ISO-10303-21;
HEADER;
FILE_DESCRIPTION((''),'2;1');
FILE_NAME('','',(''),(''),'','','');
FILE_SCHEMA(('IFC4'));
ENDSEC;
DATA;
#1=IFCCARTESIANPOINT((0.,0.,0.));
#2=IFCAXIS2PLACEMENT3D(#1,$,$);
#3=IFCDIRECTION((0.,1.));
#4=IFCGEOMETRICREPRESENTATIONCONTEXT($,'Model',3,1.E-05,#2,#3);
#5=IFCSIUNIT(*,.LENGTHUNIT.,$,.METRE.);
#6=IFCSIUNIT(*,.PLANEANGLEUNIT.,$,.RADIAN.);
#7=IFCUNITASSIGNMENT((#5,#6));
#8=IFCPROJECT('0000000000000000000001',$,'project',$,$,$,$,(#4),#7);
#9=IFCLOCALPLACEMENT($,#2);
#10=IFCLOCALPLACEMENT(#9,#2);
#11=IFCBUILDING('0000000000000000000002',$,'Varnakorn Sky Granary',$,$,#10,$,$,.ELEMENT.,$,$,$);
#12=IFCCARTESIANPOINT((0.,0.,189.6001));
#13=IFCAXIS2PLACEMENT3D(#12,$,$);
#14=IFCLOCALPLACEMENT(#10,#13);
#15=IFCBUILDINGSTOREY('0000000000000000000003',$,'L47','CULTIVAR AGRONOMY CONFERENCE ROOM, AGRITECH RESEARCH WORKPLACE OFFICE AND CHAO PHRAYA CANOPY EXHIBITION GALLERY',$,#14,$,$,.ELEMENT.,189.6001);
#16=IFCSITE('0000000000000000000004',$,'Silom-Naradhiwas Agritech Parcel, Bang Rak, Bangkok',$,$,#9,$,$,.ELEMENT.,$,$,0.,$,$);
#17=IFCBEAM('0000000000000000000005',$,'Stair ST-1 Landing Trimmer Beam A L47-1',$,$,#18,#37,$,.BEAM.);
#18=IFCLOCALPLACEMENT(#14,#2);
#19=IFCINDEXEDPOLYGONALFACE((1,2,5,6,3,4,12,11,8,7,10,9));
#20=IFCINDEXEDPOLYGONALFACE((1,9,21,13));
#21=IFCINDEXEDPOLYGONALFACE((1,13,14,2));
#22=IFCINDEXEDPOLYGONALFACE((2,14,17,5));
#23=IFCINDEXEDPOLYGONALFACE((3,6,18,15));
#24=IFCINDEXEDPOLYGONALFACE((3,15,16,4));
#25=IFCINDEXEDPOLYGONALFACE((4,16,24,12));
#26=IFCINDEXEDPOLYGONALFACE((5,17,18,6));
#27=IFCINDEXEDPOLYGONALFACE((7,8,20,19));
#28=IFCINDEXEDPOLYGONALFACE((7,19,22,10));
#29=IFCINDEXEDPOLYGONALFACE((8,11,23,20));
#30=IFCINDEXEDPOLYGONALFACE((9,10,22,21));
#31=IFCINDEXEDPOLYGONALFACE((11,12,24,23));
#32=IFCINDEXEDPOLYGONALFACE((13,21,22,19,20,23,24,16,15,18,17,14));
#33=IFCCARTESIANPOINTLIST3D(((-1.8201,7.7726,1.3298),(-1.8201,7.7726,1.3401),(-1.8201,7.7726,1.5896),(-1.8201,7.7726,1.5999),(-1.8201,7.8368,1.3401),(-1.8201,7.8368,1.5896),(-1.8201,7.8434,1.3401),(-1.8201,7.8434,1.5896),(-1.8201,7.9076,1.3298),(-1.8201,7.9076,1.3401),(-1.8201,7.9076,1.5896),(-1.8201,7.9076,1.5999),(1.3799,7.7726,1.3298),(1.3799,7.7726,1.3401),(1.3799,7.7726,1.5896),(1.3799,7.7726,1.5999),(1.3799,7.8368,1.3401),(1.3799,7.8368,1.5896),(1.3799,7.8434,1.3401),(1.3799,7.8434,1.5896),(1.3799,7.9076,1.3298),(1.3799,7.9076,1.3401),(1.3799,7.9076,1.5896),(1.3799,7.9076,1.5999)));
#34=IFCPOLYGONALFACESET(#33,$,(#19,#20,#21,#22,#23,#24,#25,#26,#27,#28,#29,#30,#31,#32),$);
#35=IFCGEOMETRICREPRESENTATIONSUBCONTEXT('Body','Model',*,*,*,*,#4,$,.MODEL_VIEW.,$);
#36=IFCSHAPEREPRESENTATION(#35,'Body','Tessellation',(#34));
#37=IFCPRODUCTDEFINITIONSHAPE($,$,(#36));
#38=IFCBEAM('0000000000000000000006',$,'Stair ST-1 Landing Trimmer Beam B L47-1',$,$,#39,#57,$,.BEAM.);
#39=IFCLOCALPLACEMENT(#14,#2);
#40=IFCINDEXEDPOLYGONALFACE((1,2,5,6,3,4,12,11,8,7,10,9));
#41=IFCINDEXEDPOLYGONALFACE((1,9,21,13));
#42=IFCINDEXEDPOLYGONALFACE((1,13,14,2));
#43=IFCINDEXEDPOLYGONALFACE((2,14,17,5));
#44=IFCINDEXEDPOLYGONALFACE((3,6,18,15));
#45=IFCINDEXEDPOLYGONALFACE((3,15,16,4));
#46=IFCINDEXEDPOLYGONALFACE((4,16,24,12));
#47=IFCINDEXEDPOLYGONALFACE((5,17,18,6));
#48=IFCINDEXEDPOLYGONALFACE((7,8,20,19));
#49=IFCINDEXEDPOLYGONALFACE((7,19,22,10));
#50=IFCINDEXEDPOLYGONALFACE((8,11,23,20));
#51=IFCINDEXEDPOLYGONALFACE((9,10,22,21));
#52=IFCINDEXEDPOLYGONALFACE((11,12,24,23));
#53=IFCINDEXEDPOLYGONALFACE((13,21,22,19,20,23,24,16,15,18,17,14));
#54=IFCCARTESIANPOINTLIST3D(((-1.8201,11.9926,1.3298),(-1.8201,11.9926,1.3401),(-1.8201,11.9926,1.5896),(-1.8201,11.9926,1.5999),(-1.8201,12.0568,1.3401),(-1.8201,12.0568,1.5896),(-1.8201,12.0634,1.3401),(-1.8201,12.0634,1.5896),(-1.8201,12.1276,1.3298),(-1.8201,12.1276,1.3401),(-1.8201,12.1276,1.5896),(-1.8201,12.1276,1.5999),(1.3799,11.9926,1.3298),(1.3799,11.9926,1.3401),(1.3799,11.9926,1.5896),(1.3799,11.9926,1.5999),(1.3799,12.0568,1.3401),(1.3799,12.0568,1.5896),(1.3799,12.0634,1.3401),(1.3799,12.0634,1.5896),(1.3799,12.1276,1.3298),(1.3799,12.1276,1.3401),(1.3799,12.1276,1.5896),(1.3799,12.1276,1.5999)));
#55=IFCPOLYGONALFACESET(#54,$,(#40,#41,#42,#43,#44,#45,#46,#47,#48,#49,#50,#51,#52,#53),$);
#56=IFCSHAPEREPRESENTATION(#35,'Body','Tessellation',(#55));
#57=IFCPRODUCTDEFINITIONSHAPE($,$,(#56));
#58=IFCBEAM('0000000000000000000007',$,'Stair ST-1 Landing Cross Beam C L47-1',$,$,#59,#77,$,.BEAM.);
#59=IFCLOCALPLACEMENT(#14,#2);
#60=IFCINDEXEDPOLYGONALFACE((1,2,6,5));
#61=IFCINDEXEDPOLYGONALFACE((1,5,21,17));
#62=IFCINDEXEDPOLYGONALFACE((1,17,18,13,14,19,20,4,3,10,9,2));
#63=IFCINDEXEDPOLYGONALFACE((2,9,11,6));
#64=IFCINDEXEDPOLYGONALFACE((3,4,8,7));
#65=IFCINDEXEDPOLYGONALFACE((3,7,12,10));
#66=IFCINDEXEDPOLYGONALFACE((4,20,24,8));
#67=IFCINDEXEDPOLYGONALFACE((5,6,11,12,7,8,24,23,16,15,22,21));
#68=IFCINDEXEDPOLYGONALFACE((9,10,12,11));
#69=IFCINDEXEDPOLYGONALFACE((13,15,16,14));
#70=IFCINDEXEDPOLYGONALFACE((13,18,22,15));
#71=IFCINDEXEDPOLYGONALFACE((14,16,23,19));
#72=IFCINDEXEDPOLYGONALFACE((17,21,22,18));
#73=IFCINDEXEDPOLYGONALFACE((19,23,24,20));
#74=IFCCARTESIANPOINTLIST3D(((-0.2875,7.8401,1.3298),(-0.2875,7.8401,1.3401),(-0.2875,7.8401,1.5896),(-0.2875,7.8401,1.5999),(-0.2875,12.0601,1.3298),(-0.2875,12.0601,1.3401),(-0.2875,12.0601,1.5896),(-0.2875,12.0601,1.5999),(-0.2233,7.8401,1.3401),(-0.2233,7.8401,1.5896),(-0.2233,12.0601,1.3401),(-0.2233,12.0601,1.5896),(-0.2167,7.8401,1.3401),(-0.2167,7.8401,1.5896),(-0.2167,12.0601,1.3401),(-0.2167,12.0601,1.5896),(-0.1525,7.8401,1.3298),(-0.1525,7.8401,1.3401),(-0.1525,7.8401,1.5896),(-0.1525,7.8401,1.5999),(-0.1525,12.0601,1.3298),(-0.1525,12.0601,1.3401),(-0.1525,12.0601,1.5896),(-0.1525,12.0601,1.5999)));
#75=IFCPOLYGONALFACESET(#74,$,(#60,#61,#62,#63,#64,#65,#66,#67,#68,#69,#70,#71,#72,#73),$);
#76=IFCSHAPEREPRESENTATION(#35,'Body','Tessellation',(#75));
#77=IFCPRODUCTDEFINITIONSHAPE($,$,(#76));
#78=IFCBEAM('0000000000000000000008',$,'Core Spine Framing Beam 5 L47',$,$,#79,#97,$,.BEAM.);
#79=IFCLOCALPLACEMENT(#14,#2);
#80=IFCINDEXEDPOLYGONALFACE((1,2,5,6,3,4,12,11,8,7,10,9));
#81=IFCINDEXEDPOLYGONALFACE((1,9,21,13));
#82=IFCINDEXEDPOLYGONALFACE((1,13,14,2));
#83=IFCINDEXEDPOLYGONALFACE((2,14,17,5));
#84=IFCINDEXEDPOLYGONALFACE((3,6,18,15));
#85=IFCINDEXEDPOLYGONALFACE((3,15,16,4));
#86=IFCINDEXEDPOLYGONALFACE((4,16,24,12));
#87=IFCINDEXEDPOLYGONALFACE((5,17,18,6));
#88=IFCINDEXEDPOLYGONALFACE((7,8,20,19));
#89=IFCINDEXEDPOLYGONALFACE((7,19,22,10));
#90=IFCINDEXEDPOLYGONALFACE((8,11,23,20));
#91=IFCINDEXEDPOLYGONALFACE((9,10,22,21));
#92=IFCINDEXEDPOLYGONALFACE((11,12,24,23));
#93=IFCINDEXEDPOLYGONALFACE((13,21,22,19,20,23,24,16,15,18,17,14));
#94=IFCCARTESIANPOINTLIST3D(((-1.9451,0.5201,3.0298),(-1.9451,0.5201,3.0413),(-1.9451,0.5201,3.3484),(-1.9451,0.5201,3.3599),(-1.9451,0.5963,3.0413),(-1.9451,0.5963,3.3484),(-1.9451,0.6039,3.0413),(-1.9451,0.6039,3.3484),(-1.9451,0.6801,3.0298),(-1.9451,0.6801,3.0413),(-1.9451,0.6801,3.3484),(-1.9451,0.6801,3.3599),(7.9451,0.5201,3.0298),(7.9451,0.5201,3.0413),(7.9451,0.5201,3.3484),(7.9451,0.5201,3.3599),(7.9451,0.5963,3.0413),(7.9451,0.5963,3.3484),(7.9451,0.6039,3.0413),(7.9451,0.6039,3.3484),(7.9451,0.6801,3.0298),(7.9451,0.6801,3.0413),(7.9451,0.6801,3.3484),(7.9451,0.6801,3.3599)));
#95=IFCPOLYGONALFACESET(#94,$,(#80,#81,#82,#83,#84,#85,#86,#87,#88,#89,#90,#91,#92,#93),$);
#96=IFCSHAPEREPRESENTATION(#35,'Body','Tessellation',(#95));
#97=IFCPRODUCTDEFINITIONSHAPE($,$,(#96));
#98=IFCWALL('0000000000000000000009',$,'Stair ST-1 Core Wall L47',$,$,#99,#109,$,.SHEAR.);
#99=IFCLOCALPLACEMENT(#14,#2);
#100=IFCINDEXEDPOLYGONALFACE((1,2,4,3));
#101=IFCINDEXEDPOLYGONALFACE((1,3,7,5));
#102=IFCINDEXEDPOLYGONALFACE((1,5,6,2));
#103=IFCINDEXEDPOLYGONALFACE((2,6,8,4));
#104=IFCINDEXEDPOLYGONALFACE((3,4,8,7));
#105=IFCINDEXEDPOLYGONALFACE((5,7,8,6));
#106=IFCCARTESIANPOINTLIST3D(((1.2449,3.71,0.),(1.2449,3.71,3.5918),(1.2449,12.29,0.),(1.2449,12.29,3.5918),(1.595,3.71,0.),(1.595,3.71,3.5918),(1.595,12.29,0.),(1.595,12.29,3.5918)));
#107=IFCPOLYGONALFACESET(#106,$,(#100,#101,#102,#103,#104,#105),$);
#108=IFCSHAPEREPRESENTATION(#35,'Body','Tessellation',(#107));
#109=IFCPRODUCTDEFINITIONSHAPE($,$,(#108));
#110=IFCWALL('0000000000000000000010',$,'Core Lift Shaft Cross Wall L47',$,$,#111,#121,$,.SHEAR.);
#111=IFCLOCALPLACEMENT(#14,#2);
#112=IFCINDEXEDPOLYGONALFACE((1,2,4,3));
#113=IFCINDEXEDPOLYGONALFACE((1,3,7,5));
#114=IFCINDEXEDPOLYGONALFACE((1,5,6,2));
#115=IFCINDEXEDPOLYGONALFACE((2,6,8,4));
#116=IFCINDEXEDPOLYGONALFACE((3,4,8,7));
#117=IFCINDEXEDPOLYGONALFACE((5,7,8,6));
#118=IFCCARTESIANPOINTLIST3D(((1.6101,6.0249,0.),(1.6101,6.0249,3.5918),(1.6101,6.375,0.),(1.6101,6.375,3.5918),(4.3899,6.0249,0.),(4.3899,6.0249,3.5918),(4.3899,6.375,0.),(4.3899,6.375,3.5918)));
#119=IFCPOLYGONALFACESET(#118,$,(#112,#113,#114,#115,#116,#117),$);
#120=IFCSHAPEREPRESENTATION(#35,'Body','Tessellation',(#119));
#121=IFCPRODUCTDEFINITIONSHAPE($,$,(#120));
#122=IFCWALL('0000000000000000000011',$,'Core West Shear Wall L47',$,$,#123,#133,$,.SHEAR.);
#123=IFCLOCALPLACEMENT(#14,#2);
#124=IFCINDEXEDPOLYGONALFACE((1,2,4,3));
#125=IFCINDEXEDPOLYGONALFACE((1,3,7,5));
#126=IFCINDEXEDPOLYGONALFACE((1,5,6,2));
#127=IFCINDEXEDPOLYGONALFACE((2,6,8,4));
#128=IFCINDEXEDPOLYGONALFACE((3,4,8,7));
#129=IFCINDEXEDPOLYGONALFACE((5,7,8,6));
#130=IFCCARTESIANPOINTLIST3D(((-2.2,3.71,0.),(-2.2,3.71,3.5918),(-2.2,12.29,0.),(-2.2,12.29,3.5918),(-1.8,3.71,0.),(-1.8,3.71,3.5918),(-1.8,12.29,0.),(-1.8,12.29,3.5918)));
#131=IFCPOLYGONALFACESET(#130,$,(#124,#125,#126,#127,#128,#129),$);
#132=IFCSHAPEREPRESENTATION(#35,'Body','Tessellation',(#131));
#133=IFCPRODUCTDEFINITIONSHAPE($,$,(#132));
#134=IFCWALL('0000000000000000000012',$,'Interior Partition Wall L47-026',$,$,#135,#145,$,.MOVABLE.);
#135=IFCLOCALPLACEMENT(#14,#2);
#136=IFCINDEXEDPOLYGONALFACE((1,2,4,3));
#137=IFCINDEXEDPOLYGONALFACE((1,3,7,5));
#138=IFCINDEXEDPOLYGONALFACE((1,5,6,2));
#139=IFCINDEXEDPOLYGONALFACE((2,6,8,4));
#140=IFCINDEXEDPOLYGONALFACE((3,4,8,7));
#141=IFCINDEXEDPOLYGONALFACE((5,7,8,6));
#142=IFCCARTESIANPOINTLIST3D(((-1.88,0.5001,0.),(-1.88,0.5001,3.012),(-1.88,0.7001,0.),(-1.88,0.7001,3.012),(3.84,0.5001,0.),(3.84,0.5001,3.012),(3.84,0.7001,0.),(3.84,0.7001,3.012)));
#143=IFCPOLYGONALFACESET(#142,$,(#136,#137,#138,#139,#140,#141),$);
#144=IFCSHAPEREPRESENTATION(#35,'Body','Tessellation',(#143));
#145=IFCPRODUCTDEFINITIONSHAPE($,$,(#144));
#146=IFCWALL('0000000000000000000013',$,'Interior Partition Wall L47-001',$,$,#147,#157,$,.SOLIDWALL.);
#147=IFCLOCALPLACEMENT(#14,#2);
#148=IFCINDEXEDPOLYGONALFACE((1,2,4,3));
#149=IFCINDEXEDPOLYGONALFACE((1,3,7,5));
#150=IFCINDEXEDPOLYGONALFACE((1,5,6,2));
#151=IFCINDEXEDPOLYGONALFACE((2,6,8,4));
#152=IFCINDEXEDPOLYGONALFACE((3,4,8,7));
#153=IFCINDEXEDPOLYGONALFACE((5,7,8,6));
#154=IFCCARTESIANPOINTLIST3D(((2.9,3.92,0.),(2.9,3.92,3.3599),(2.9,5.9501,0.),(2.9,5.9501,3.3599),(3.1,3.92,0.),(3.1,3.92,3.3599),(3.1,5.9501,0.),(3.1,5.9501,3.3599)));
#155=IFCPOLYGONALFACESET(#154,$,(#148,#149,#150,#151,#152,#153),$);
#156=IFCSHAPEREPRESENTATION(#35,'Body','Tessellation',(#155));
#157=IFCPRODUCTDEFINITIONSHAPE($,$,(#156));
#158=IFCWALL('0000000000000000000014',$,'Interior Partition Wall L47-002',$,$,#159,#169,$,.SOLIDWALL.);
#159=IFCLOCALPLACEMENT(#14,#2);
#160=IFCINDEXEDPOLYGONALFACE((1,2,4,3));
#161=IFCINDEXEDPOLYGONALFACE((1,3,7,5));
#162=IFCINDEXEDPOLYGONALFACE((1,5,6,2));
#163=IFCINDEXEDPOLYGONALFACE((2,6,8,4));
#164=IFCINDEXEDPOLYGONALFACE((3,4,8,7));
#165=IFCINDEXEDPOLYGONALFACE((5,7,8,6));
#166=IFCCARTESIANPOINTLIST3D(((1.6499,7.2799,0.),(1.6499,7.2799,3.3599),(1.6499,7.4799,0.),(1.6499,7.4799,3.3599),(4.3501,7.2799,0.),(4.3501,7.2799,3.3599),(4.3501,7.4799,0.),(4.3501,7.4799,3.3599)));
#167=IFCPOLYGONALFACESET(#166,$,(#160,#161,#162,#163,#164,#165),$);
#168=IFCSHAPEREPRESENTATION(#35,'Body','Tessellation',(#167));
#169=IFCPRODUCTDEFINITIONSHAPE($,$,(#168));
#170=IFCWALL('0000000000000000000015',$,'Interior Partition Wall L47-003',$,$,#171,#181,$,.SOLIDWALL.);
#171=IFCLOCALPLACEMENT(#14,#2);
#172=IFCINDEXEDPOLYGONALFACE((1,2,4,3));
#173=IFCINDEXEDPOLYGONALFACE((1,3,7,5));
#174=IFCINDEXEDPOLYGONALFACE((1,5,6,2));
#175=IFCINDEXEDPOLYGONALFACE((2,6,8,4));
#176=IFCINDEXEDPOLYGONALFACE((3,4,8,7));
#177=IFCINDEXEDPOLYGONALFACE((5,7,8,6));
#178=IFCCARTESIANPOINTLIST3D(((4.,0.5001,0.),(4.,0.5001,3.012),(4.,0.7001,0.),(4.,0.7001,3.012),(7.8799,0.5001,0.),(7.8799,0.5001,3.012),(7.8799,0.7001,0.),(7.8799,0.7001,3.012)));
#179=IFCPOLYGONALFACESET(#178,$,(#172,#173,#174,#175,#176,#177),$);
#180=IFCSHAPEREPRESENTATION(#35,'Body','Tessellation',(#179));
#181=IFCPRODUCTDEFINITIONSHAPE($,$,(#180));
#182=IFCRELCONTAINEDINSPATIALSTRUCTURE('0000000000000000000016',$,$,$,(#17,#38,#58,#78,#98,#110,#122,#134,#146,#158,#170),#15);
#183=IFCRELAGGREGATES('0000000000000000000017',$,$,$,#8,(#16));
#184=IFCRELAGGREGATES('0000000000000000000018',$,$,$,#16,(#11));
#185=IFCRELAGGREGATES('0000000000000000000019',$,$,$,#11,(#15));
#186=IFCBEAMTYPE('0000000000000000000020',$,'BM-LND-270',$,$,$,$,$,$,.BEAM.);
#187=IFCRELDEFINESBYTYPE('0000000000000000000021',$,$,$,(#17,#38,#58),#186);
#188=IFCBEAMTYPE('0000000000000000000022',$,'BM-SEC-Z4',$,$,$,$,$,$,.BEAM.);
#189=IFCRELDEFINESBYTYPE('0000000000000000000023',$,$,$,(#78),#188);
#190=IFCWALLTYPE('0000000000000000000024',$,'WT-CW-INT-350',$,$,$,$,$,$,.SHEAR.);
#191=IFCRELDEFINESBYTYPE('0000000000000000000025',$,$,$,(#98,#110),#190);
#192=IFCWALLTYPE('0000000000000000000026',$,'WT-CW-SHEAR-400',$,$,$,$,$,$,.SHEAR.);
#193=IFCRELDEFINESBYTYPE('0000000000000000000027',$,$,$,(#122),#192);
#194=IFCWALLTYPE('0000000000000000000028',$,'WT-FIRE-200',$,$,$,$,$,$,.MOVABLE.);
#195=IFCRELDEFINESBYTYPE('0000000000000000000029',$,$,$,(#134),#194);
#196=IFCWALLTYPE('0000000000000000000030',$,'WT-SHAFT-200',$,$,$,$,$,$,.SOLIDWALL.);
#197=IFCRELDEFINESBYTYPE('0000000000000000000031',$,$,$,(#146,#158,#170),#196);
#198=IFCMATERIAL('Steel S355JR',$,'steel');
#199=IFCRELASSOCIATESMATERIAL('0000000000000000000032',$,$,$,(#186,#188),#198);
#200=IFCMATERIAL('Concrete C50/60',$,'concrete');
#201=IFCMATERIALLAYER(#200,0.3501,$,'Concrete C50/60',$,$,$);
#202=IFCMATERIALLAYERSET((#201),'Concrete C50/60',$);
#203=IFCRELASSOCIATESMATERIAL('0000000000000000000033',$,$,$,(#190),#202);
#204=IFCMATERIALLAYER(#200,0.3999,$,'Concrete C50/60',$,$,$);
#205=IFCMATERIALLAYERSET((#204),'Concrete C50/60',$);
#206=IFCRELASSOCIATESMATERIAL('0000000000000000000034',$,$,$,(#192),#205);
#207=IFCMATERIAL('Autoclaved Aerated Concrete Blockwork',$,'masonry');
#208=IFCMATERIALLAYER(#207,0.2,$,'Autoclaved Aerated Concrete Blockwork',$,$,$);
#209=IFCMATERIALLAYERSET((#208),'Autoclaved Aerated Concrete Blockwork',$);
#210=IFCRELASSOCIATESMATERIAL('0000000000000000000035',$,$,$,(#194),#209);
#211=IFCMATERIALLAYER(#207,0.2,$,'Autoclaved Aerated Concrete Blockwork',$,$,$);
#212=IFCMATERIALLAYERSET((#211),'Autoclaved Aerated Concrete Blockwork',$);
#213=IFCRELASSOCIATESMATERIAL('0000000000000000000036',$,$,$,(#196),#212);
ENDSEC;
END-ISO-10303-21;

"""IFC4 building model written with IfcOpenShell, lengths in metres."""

from ifc_helpers import new_model, si_unit, direction, frame, frame_2d, origin, origin_2d, place, context, subcontext, project, spatial, rectangle, i_section, extrude, material, layer, layer_set, material_profile, profile_set, type_object, element, save


model = new_model("IFC4")

# Units and contexts
model_context = context("Model", 3, precision=1e-05, world=origin(), true_north=direction((0.0, 1.0)))
body_context = subcontext(model_context, "Body", "Model", "MODEL_VIEW")
ifc_project = project(units=[si_unit("LENGTHUNIT", "METRE"), si_unit("PLANEANGLEUNIT", "RADIAN")], contexts=[model_context])

# Site, building, storey
site_placement = place(None, origin())
site = spatial("IfcSite", under=ifc_project, at=site_placement, Name="Silom-Naradhiwas Agritech Parcel, Bang Rak, Bangkok", CompositionType="ELEMENT", RefElevation=0.0)
building_placement = place(site_placement, origin())
building = spatial("IfcBuilding", under=site, at=building_placement, Name="Varnakorn Sky Granary", CompositionType="ELEMENT")
storey_placement = place(building_placement, frame((0.0, 0.0, 189.6001)))
storey = spatial("IfcBuildingStorey", under=building, at=storey_placement, Name="L47", Description="CULTIVAR AGRONOMY CONFERENCE ROOM, AGRITECH RESEARCH WORKPLACE OFFICE AND CHAO PHRAYA CANOPY EXHIBITION GALLERY", CompositionType="ELEMENT", Elevation=189.6001)

# Beams
ifc_material_1 = material(Name="Steel S355JR", Category="steel")
ifc_material_profile_1 = material_profile(ifc_material_1, i_section(OverallWidth=0.135, OverallDepth=0.27, WebThickness=0.0066, FlangeThickness=0.0103, at=origin_2d()), Name="IPE 270")
ifc_profile_set_1 = profile_set([ifc_material_profile_1], Name="Steel S355JR")
beam_type_1 = type_object("IfcBeamType", Name="BM-LND-270", PredefinedType="BEAM", material=ifc_profile_set_1)
for number, where, z_axis, x_axis, name in (
    (1, (-1.8201, 7.8401, 1.4648), (1.0, 0.0, 0.0), (0.0, 1.0, 0.0), "Stair ST-1 Landing Trimmer Beam A L47-1"),
    (2, (-1.8201, 12.0601, 1.4648), (1.0, 0.0, 0.0), (0.0, 1.0, 0.0), "Stair ST-1 Landing Trimmer Beam B L47-1"),
):
    element("IfcBeam", number, at=place(storey_placement, frame(where, z_axis=z_axis, x_axis=x_axis)), inside=storey, type_object=beam_type_1, Name=name, PredefinedType="BEAM", context=body_context, shape_type="SweptSolid", body=[
        extrude(i_section(OverallWidth=0.135, OverallDepth=0.27, WebThickness=0.0066, FlangeThickness=0.0103, at=origin_2d()), origin(), (0.0, 0.0, 1.0), 3.2),
    ])
beam_1_placement = place(storey_placement, frame((-0.22, 7.8401, 1.4648), z_axis=(0.0, 1.0, 0.0), x_axis=(-1.0, 0.0, 0.0)))
element("IfcBeam", 3, at=beam_1_placement, inside=storey, type_object=beam_type_1, Name="Stair ST-1 Landing Cross Beam C L47-1", PredefinedType="BEAM", context=body_context, shape_type="SweptSolid", body=[
    extrude(i_section(OverallWidth=0.135, OverallDepth=0.27, WebThickness=0.0066, FlangeThickness=0.0103, at=origin_2d()), origin(), (0.0, 0.0, 1.0), 4.22),
])
ifc_material_profile_2 = material_profile(ifc_material_1, i_section(OverallWidth=0.1599, OverallDepth=0.3301, WebThickness=0.0076, FlangeThickness=0.0115, at=origin_2d()), Name="IPE 330")
ifc_profile_set_2 = profile_set([ifc_material_profile_2], Name="Steel S355JR")
beam_type_2 = type_object("IfcBeamType", Name="BM-SEC-Z4", PredefinedType="BEAM", material=ifc_profile_set_2)
beam_2_placement = place(storey_placement, frame((-1.9451, 0.6001, 3.1948), z_axis=(1.0, 0.0, 0.0), x_axis=(0.0, 1.0, 0.0)))
element("IfcBeam", 4, at=beam_2_placement, inside=storey, type_object=beam_type_2, Name="Core Spine Framing Beam 5 L47", PredefinedType="BEAM", context=body_context, shape_type="SweptSolid", body=[
    extrude(i_section(OverallWidth=0.1599, OverallDepth=0.3301, WebThickness=0.0076, FlangeThickness=0.0115, at=origin_2d()), origin(), (0.0, 0.0, 1.0), 9.8901),
])

# Walls
ifc_material_2 = material(Name="Concrete C50/60", Category="concrete")
ifc_layer_1 = layer(ifc_material_2, 0.3501, Name="Concrete C50/60")
ifc_layer_set_1 = layer_set([ifc_layer_1], Name="Concrete C50/60")
wall_type_1 = type_object("IfcWallType", Name="WT-CW-INT-350", PredefinedType="SHEAR", material=ifc_layer_set_1)
wall_1_placement = place(storey_placement, frame((1.4199, 3.71, 0.0), z_axis=(0.0, 0.0, 1.0), x_axis=(0.0, 1.0, 0.0)))
element("IfcWall", 5, at=wall_1_placement, inside=storey, type_object=wall_type_1, Name="Stair ST-1 Core Wall L47", PredefinedType="SHEAR", context=body_context, shape_type="SweptSolid", body=[
    extrude(rectangle(XDim=8.5801, YDim=0.3501, at=frame_2d((4.29, 0.0))), origin(), (0.0, 0.0, 1.0), 3.5918),
])
wall_2_placement = place(storey_placement, frame((1.6101, 6.2, 0.0), z_axis=(0.0, 0.0, 1.0), x_axis=(1.0, 0.0, 0.0)))
element("IfcWall", 6, at=wall_2_placement, inside=storey, type_object=wall_type_1, Name="Core Lift Shaft Cross Wall L47", PredefinedType="SHEAR", context=body_context, shape_type="SweptSolid", body=[
    extrude(rectangle(XDim=2.7798, YDim=0.3501, at=frame_2d((1.3899, 0.0))), origin(), (0.0, 0.0, 1.0), 3.5918),
])

# Shared definitions
ifc_layer_2 = layer(ifc_material_2, 0.3999, Name="Concrete C50/60")
ifc_layer_set_2 = layer_set([ifc_layer_2], Name="Concrete C50/60")
wall_type_2 = type_object("IfcWallType", Name="WT-CW-SHEAR-400", PredefinedType="SHEAR", material=ifc_layer_set_2)

# Walls
wall_3_placement = place(storey_placement, frame((-2.0, 3.71, 0.0), z_axis=(0.0, 0.0, 1.0), x_axis=(0.0, 1.0, 0.0)))
element("IfcWall", 7, at=wall_3_placement, inside=storey, type_object=wall_type_2, Name="Core West Shear Wall L47", PredefinedType="SHEAR", context=body_context, shape_type="SweptSolid", body=[
    extrude(rectangle(XDim=8.5801, YDim=0.3999, at=frame_2d((4.29, 0.0))), origin(), (0.0, 0.0, 1.0), 3.5918),
])
ifc_material_3 = material(Name="Autoclaved Aerated Concrete Blockwork", Category="masonry")
ifc_layer_3 = layer(ifc_material_3, 0.2, Name="Autoclaved Aerated Concrete Blockwork")
ifc_layer_set_3 = layer_set([ifc_layer_3], Name="Autoclaved Aerated Concrete Blockwork")
wall_type_3 = type_object("IfcWallType", Name="WT-FIRE-200", PredefinedType="MOVABLE", material=ifc_layer_set_3)
wall_4_placement = place(storey_placement, frame((-1.8799, 0.6001, 0.0), z_axis=(0.0, 0.0, 1.0), x_axis=(1.0, 0.0, 0.0)))
element("IfcWall", 8, at=wall_4_placement, inside=storey, type_object=wall_type_3, Name="Interior Partition Wall L47-026", PredefinedType="MOVABLE", context=body_context, shape_type="SweptSolid", body=[
    extrude(rectangle(XDim=5.72, YDim=0.2, at=frame_2d((2.8599, 0.0))), origin(), (0.0, 0.0, 1.0), 3.012),
])
ifc_layer_4 = layer(ifc_material_3, 0.2, Name="Autoclaved Aerated Concrete Blockwork")
ifc_layer_set_4 = layer_set([ifc_layer_4], Name="Autoclaved Aerated Concrete Blockwork")
wall_type_4 = type_object("IfcWallType", Name="WT-SHAFT-200", PredefinedType="SOLIDWALL", material=ifc_layer_set_4)
wall_5_placement = place(storey_placement, frame((3.0, 3.9199, 0.0), z_axis=(0.0, 0.0, 1.0), x_axis=(0.0, 1.0, 0.0)))
element("IfcWall", 9, at=wall_5_placement, inside=storey, type_object=wall_type_4, Name="Interior Partition Wall L47-001", PredefinedType="SOLIDWALL", context=body_context, shape_type="SweptSolid", body=[
    extrude(rectangle(XDim=2.03, YDim=0.2, at=frame_2d((1.0151, 0.0))), origin(), (0.0, 0.0, 1.0), 3.3599),
])
wall_6_placement = place(storey_placement, frame((1.6499, 7.3799, 0.0), z_axis=(0.0, 0.0, 1.0), x_axis=(1.0, 0.0, 0.0)))
element("IfcWall", 10, at=wall_6_placement, inside=storey, type_object=wall_type_4, Name="Interior Partition Wall L47-002", PredefinedType="SOLIDWALL", context=body_context, shape_type="SweptSolid", body=[
    extrude(rectangle(XDim=2.7002, YDim=0.2, at=frame_2d((1.3501, 0.0))), origin(), (0.0, 0.0, 1.0), 3.3599),
])
wall_7_placement = place(storey_placement, frame((4.0, 0.6001, 0.0), z_axis=(0.0, 0.0, 1.0), x_axis=(1.0, 0.0, 0.0)))
element("IfcWall", 11, at=wall_7_placement, inside=storey, type_object=wall_type_4, Name="Interior Partition Wall L47-003", PredefinedType="SOLIDWALL", context=body_context, shape_type="SweptSolid", body=[
    extrude(rectangle(XDim=3.8799, YDim=0.2, at=frame_2d((1.9399, 0.0))), origin(), (0.0, 0.0, 1.0), 3.012),
])

save(model, "model.ifc")
